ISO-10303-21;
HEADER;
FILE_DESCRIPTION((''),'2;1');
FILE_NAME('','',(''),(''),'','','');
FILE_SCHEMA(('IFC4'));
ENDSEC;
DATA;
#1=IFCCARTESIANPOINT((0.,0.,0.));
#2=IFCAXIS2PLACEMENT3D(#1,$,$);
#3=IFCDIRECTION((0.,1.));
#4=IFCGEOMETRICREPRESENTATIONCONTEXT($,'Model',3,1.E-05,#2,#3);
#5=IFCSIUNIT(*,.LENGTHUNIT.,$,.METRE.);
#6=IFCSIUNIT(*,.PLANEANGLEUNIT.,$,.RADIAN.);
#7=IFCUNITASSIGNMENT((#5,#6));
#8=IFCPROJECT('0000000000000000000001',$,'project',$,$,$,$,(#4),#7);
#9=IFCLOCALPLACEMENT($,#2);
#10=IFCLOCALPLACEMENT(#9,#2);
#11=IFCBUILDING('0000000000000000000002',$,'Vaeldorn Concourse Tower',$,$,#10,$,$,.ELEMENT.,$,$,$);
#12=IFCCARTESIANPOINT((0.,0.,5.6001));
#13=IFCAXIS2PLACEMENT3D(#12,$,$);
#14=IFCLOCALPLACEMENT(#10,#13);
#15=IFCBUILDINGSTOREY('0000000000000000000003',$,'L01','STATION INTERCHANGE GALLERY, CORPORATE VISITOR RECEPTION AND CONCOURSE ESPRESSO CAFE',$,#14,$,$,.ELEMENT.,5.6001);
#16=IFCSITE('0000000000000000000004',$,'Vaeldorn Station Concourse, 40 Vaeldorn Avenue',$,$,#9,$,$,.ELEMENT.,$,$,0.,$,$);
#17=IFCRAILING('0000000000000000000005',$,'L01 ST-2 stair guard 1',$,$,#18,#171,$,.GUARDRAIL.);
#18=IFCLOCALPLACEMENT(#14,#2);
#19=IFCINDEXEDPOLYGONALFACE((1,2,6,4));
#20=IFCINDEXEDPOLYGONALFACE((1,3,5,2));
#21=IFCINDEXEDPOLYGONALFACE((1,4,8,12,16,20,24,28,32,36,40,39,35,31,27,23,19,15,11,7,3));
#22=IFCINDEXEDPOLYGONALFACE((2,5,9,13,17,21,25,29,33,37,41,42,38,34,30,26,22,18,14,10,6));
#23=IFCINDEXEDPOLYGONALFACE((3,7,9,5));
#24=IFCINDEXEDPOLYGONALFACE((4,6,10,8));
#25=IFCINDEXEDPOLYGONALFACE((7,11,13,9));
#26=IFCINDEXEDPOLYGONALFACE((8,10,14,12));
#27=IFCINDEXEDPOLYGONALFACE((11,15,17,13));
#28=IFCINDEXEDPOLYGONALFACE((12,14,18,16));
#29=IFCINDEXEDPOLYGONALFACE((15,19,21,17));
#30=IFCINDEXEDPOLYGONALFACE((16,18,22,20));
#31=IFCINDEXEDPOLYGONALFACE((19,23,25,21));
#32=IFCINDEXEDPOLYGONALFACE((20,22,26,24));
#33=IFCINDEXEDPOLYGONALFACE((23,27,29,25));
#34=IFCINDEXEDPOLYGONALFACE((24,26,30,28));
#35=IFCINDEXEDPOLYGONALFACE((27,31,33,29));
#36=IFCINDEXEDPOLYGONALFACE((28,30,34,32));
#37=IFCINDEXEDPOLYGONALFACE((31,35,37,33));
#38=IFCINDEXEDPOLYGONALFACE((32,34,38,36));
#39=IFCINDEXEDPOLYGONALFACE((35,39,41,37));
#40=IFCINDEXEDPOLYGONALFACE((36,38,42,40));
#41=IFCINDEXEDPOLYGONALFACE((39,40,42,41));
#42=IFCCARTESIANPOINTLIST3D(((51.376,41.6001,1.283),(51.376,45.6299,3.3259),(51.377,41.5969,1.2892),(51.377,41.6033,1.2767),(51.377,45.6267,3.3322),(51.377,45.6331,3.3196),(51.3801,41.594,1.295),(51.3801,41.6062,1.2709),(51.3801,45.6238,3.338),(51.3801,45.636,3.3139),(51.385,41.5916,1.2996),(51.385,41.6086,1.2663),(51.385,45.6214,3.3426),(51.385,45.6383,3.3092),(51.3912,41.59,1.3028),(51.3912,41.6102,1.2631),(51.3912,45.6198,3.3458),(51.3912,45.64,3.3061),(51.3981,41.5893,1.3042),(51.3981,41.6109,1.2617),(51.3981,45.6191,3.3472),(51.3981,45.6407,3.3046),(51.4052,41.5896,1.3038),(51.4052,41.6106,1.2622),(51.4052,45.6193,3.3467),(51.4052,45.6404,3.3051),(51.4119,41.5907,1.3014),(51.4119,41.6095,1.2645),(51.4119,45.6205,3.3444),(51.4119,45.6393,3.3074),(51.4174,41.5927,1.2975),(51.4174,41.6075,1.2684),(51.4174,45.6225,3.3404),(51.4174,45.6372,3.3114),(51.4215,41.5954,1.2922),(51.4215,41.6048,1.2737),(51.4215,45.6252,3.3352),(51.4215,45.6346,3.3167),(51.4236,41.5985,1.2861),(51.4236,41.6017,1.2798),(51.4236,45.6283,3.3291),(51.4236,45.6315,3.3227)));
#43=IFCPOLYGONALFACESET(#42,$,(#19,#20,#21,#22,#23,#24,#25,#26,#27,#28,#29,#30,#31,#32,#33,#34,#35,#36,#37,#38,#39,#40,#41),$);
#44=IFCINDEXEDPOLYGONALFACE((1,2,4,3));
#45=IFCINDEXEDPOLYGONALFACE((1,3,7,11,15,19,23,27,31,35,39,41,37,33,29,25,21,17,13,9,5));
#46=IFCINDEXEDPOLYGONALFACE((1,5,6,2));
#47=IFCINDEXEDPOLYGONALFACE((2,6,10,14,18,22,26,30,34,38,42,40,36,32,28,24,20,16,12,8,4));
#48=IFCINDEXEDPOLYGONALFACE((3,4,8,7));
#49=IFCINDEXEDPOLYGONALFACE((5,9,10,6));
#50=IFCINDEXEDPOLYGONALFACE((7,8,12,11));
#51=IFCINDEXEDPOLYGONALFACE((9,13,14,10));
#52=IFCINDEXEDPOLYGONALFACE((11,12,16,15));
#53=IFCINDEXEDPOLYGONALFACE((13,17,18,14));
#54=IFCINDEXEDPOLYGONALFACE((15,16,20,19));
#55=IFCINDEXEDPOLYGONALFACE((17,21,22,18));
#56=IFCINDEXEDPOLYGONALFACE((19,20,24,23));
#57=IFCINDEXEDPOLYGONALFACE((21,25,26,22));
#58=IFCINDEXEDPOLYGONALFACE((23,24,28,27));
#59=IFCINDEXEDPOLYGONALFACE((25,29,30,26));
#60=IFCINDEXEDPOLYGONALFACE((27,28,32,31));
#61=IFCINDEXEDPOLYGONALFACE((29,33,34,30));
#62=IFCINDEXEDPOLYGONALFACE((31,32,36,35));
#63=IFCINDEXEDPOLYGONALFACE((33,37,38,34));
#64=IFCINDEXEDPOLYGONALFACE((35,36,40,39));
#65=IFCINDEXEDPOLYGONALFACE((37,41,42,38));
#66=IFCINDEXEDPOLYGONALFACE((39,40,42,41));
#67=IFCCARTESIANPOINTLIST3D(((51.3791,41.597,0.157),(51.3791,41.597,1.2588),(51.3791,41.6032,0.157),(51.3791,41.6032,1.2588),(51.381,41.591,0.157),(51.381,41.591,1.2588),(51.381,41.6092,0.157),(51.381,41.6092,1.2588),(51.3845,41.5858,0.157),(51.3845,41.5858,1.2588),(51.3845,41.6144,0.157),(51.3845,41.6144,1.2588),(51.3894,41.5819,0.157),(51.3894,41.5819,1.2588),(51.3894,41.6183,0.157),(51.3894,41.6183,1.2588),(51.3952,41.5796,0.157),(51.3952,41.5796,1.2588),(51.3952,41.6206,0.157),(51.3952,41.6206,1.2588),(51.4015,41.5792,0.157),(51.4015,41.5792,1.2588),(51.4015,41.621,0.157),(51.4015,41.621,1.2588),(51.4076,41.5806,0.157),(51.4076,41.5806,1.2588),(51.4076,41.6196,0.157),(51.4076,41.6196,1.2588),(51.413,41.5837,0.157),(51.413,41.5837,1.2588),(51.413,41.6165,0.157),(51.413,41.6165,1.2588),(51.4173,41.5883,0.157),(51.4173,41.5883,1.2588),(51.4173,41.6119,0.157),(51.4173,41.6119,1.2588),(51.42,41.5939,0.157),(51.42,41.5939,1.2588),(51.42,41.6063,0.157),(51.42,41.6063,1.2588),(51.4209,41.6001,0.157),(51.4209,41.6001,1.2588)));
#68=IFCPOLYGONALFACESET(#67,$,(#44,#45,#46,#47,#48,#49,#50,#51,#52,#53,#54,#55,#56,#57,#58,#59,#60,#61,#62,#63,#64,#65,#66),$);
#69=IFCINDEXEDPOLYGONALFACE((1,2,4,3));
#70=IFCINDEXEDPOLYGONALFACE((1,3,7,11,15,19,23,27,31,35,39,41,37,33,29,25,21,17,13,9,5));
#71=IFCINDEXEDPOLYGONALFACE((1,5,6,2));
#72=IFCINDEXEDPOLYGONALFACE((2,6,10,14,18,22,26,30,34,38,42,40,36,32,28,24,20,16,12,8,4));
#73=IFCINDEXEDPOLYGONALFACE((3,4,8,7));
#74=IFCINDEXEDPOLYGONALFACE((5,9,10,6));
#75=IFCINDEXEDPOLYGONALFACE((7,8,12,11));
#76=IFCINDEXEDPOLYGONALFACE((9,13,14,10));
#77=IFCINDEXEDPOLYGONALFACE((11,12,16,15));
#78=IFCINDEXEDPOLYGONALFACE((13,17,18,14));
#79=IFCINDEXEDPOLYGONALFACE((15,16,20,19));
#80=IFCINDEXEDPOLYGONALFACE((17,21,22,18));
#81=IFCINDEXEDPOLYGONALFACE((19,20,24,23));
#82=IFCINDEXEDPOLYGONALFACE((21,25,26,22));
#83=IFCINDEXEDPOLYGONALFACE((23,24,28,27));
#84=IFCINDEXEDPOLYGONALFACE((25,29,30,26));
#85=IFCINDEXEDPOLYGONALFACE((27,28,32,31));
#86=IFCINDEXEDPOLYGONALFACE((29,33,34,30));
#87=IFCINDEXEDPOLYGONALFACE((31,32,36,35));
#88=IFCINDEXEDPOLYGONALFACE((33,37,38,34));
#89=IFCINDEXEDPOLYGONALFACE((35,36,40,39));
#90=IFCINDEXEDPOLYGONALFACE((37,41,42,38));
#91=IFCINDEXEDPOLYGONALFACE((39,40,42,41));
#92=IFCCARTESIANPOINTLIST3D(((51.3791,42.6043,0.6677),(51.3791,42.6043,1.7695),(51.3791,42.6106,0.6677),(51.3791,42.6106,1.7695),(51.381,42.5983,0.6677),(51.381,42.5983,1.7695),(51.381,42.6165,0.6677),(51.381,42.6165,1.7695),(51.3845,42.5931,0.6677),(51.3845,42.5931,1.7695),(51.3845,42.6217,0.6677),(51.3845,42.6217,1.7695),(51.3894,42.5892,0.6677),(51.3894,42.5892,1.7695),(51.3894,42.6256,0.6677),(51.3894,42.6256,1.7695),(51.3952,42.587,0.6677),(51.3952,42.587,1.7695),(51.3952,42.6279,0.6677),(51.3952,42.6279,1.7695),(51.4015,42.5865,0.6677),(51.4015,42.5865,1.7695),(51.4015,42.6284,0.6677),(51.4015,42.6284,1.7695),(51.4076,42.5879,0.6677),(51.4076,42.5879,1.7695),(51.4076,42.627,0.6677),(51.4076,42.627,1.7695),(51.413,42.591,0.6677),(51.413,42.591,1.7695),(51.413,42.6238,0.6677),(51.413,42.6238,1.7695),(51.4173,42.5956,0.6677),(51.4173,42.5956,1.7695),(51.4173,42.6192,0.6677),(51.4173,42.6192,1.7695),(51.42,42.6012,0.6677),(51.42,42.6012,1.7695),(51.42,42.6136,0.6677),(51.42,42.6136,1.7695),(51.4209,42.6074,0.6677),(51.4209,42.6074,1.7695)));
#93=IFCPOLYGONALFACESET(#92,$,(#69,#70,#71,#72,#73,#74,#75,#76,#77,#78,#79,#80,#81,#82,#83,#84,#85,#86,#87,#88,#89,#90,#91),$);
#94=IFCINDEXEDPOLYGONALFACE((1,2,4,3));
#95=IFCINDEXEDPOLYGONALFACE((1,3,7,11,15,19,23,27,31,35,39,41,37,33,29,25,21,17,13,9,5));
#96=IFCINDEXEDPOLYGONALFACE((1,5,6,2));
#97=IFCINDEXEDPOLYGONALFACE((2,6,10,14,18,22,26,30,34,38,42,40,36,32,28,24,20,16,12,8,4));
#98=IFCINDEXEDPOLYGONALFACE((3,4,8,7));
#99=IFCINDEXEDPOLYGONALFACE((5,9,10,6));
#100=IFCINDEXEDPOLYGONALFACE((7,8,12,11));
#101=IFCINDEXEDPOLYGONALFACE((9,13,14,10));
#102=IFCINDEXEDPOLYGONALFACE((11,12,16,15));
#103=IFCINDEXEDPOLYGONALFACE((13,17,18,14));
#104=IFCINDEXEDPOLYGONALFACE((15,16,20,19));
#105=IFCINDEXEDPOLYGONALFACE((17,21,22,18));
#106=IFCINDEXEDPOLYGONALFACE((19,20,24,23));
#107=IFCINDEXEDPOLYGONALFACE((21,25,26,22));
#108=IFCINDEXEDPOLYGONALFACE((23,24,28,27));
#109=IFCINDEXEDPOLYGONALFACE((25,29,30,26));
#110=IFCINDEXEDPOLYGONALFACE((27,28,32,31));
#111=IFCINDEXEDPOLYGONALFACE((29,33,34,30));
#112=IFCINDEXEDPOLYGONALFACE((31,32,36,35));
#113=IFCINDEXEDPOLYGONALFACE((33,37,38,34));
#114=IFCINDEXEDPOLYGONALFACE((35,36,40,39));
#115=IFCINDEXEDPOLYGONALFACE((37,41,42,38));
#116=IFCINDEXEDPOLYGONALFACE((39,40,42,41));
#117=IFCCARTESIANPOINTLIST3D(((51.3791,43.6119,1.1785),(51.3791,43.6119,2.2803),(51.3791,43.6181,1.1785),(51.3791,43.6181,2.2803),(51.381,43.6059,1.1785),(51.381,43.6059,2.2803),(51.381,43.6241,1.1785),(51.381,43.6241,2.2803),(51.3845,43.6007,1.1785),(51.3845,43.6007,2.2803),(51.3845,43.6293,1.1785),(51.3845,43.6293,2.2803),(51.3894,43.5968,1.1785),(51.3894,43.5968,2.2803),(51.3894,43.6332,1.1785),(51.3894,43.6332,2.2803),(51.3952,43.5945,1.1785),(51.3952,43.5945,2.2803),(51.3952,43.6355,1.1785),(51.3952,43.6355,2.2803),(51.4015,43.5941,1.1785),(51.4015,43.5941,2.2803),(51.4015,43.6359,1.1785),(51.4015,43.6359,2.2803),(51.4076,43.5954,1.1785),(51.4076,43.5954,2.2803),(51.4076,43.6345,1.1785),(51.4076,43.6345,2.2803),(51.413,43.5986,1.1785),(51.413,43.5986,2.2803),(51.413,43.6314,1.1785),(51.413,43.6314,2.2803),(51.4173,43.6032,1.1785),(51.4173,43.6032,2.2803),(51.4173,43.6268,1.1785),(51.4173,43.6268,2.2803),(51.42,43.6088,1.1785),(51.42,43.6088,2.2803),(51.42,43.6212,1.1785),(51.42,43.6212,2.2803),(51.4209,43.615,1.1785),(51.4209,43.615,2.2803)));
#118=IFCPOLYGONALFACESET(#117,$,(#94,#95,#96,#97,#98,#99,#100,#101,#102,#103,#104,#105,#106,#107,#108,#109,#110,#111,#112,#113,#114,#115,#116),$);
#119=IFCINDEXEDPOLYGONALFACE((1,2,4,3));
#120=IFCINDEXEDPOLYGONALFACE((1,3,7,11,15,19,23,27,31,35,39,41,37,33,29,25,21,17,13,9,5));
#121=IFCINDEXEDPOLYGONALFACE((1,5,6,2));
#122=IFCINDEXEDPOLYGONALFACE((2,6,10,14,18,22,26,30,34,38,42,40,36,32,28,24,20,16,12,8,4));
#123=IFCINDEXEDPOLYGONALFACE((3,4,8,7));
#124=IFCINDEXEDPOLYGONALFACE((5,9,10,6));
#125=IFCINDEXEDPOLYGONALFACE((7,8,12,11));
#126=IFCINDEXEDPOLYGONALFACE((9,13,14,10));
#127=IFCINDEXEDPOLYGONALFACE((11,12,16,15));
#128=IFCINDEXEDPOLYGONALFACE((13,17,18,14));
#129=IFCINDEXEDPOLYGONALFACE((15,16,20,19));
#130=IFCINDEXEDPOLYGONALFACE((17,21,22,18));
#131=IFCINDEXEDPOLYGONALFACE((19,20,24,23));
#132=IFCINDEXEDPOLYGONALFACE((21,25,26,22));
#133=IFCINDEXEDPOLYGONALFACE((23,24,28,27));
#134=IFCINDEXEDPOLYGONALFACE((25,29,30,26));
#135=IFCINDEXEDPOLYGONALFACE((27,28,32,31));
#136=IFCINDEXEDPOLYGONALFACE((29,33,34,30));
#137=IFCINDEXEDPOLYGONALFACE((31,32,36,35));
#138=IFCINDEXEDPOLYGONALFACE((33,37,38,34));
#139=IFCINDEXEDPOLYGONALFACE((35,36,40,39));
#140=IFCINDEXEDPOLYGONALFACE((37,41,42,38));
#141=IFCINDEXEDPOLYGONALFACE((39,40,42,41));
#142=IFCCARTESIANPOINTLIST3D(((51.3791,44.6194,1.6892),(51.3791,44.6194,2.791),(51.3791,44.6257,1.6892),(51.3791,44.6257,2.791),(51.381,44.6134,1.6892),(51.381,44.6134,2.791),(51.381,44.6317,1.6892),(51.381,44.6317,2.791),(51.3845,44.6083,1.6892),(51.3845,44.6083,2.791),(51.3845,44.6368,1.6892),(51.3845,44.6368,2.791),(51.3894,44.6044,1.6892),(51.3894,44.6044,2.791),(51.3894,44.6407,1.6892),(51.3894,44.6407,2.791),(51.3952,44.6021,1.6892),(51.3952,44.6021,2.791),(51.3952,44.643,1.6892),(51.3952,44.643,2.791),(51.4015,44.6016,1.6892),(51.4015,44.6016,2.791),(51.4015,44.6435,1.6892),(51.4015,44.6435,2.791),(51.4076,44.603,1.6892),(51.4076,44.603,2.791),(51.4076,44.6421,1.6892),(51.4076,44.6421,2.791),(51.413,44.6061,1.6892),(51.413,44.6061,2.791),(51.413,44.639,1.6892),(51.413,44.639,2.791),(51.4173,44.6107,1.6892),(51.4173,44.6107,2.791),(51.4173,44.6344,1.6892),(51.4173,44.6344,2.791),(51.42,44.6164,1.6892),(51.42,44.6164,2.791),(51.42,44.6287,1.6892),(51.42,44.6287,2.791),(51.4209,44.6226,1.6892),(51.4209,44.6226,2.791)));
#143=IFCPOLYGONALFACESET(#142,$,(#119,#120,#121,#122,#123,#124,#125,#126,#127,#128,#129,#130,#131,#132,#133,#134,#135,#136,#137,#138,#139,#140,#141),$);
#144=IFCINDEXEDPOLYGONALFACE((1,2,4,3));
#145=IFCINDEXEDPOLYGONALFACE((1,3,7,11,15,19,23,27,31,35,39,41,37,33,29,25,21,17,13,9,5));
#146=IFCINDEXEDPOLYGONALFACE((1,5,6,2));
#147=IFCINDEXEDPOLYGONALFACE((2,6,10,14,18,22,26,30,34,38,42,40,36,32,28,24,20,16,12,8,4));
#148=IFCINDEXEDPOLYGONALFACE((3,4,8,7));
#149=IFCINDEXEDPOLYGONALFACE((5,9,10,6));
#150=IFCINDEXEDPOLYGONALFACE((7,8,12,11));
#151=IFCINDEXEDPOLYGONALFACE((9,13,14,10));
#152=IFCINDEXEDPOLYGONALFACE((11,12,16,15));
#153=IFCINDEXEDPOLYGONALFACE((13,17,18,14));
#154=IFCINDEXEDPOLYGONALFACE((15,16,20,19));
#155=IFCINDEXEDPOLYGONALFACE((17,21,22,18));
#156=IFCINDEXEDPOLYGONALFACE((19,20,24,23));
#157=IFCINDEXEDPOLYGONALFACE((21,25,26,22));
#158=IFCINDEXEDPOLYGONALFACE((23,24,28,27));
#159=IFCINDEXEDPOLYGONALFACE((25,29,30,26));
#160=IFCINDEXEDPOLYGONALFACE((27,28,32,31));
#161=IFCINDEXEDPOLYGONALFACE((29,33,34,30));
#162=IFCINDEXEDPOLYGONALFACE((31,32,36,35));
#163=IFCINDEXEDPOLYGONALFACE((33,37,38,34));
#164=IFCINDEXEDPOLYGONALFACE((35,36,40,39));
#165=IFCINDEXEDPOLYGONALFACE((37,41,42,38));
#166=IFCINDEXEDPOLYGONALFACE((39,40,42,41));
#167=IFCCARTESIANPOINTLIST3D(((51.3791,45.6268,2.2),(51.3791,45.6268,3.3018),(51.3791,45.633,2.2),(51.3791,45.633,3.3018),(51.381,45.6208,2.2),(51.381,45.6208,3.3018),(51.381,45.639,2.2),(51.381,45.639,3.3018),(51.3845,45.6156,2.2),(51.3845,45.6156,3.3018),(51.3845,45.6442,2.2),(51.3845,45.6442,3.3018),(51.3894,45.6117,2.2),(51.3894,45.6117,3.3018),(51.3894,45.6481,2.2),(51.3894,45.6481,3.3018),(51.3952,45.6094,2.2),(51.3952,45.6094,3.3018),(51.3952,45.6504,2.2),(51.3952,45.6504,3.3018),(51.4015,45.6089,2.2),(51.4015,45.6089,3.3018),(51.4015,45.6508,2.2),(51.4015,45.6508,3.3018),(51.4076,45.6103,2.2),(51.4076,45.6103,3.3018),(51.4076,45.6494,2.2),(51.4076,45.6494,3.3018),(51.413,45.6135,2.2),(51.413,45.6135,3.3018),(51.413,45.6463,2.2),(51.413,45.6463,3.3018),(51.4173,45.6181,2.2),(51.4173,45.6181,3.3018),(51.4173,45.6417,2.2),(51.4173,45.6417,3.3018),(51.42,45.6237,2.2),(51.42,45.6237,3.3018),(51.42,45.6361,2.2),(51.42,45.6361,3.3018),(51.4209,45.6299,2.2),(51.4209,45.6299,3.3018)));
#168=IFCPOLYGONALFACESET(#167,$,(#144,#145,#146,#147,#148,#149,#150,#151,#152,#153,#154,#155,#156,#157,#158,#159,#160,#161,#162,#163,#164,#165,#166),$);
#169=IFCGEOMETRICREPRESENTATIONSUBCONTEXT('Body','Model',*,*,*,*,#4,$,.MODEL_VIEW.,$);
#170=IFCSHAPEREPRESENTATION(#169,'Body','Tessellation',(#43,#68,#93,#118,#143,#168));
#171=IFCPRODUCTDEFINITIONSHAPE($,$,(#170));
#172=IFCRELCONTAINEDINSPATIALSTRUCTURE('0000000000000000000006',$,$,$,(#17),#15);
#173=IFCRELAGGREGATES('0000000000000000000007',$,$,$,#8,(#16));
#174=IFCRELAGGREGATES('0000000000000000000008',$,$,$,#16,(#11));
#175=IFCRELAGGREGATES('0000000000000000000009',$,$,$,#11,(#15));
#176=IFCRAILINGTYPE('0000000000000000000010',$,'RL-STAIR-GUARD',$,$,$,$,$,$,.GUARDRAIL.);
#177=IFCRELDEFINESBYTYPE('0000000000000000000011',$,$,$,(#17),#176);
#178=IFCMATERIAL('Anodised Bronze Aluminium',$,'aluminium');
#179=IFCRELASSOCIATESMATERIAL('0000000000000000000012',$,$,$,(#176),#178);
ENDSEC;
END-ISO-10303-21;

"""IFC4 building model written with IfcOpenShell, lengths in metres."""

from ifc_helpers import new_model, si_unit, direction, frame, origin, origin_2d, place, context, subcontext, project, spatial, circle, extrude, material, type_object, element, save


model = new_model("IFC4")

# Units and contexts
model_context = context("Model", 3, precision=1e-05, world=origin(), true_north=direction((0.0, 1.0)))
body_context = subcontext(model_context, "Body", "Model", "MODEL_VIEW")
ifc_project = project(units=[si_unit("LENGTHUNIT", "METRE"), si_unit("PLANEANGLEUNIT", "RADIAN")], contexts=[model_context])

# Site, building, storey
site_placement = place(None, origin())
site = spatial("IfcSite", under=ifc_project, at=site_placement, Name="Vaeldorn Station Concourse, 40 Vaeldorn Avenue", CompositionType="ELEMENT", RefElevation=0.0)
building_placement = place(site_placement, origin())
building = spatial("IfcBuilding", under=site, at=building_placement, Name="Vaeldorn Concourse Tower", CompositionType="ELEMENT")
storey_placement = place(building_placement, frame((0.0, 0.0, 5.6001)))
storey = spatial("IfcBuildingStorey", under=building, at=storey_placement, Name="L01", Description="STATION INTERCHANGE GALLERY, CORPORATE VISITOR RECEPTION AND CONCOURSE ESPRESSO CAFE", CompositionType="ELEMENT", Elevation=5.6001)

# Shared definitions
ifc_material_1 = material(Name="Anodised Bronze Aluminium", Category="aluminium")

# Railing
railing_type_1 = type_object("IfcRailingType", Name="RL-STAIR-GUARD", PredefinedType="GUARDRAIL", material=ifc_material_1)
railing_1_placement = place(storey_placement, frame((51.3999, 41.6001, 0.157)))
element("IfcRailing", 1, at=railing_1_placement, inside=storey, type_object=railing_type_1, Name="L01 ST-2 stair guard 1", PredefinedType="GUARDRAIL", context=body_context, shape_type="SweptSolid", body=[
    extrude(circle(Radius=0.0239, at=origin_2d()), frame((0.0, 0.0, 1.126), z_axis=(0.0, 0.891928, 0.452178), x_axis=(-1.0, 0.0, 0.0)), (0.0, 0.0, 1.0), 4.5181),
    extrude(circle(Radius=0.021, at=origin_2d()), origin(), (0.0, 0.0, 1.0), 1.1018),
    extrude(circle(Radius=0.021, at=origin_2d()), frame((0.0, 1.0073, 0.5107)), (0.0, 0.0, 1.0), 1.1018),
    extrude(circle(Radius=0.021, at=origin_2d()), frame((0.0, 2.0149, 1.0215)), (0.0, 0.0, 1.0), 1.1018),
    extrude(circle(Radius=0.021, at=origin_2d()), frame((0.0, 3.0225, 1.5322)), (0.0, 0.0, 1.0), 1.1018),
    extrude(circle(Radius=0.021, at=origin_2d()), frame((0.0, 4.0298, 2.043)), (0.0, 0.0, 1.0), 1.1018),
])

save(model, "model.ifc")
